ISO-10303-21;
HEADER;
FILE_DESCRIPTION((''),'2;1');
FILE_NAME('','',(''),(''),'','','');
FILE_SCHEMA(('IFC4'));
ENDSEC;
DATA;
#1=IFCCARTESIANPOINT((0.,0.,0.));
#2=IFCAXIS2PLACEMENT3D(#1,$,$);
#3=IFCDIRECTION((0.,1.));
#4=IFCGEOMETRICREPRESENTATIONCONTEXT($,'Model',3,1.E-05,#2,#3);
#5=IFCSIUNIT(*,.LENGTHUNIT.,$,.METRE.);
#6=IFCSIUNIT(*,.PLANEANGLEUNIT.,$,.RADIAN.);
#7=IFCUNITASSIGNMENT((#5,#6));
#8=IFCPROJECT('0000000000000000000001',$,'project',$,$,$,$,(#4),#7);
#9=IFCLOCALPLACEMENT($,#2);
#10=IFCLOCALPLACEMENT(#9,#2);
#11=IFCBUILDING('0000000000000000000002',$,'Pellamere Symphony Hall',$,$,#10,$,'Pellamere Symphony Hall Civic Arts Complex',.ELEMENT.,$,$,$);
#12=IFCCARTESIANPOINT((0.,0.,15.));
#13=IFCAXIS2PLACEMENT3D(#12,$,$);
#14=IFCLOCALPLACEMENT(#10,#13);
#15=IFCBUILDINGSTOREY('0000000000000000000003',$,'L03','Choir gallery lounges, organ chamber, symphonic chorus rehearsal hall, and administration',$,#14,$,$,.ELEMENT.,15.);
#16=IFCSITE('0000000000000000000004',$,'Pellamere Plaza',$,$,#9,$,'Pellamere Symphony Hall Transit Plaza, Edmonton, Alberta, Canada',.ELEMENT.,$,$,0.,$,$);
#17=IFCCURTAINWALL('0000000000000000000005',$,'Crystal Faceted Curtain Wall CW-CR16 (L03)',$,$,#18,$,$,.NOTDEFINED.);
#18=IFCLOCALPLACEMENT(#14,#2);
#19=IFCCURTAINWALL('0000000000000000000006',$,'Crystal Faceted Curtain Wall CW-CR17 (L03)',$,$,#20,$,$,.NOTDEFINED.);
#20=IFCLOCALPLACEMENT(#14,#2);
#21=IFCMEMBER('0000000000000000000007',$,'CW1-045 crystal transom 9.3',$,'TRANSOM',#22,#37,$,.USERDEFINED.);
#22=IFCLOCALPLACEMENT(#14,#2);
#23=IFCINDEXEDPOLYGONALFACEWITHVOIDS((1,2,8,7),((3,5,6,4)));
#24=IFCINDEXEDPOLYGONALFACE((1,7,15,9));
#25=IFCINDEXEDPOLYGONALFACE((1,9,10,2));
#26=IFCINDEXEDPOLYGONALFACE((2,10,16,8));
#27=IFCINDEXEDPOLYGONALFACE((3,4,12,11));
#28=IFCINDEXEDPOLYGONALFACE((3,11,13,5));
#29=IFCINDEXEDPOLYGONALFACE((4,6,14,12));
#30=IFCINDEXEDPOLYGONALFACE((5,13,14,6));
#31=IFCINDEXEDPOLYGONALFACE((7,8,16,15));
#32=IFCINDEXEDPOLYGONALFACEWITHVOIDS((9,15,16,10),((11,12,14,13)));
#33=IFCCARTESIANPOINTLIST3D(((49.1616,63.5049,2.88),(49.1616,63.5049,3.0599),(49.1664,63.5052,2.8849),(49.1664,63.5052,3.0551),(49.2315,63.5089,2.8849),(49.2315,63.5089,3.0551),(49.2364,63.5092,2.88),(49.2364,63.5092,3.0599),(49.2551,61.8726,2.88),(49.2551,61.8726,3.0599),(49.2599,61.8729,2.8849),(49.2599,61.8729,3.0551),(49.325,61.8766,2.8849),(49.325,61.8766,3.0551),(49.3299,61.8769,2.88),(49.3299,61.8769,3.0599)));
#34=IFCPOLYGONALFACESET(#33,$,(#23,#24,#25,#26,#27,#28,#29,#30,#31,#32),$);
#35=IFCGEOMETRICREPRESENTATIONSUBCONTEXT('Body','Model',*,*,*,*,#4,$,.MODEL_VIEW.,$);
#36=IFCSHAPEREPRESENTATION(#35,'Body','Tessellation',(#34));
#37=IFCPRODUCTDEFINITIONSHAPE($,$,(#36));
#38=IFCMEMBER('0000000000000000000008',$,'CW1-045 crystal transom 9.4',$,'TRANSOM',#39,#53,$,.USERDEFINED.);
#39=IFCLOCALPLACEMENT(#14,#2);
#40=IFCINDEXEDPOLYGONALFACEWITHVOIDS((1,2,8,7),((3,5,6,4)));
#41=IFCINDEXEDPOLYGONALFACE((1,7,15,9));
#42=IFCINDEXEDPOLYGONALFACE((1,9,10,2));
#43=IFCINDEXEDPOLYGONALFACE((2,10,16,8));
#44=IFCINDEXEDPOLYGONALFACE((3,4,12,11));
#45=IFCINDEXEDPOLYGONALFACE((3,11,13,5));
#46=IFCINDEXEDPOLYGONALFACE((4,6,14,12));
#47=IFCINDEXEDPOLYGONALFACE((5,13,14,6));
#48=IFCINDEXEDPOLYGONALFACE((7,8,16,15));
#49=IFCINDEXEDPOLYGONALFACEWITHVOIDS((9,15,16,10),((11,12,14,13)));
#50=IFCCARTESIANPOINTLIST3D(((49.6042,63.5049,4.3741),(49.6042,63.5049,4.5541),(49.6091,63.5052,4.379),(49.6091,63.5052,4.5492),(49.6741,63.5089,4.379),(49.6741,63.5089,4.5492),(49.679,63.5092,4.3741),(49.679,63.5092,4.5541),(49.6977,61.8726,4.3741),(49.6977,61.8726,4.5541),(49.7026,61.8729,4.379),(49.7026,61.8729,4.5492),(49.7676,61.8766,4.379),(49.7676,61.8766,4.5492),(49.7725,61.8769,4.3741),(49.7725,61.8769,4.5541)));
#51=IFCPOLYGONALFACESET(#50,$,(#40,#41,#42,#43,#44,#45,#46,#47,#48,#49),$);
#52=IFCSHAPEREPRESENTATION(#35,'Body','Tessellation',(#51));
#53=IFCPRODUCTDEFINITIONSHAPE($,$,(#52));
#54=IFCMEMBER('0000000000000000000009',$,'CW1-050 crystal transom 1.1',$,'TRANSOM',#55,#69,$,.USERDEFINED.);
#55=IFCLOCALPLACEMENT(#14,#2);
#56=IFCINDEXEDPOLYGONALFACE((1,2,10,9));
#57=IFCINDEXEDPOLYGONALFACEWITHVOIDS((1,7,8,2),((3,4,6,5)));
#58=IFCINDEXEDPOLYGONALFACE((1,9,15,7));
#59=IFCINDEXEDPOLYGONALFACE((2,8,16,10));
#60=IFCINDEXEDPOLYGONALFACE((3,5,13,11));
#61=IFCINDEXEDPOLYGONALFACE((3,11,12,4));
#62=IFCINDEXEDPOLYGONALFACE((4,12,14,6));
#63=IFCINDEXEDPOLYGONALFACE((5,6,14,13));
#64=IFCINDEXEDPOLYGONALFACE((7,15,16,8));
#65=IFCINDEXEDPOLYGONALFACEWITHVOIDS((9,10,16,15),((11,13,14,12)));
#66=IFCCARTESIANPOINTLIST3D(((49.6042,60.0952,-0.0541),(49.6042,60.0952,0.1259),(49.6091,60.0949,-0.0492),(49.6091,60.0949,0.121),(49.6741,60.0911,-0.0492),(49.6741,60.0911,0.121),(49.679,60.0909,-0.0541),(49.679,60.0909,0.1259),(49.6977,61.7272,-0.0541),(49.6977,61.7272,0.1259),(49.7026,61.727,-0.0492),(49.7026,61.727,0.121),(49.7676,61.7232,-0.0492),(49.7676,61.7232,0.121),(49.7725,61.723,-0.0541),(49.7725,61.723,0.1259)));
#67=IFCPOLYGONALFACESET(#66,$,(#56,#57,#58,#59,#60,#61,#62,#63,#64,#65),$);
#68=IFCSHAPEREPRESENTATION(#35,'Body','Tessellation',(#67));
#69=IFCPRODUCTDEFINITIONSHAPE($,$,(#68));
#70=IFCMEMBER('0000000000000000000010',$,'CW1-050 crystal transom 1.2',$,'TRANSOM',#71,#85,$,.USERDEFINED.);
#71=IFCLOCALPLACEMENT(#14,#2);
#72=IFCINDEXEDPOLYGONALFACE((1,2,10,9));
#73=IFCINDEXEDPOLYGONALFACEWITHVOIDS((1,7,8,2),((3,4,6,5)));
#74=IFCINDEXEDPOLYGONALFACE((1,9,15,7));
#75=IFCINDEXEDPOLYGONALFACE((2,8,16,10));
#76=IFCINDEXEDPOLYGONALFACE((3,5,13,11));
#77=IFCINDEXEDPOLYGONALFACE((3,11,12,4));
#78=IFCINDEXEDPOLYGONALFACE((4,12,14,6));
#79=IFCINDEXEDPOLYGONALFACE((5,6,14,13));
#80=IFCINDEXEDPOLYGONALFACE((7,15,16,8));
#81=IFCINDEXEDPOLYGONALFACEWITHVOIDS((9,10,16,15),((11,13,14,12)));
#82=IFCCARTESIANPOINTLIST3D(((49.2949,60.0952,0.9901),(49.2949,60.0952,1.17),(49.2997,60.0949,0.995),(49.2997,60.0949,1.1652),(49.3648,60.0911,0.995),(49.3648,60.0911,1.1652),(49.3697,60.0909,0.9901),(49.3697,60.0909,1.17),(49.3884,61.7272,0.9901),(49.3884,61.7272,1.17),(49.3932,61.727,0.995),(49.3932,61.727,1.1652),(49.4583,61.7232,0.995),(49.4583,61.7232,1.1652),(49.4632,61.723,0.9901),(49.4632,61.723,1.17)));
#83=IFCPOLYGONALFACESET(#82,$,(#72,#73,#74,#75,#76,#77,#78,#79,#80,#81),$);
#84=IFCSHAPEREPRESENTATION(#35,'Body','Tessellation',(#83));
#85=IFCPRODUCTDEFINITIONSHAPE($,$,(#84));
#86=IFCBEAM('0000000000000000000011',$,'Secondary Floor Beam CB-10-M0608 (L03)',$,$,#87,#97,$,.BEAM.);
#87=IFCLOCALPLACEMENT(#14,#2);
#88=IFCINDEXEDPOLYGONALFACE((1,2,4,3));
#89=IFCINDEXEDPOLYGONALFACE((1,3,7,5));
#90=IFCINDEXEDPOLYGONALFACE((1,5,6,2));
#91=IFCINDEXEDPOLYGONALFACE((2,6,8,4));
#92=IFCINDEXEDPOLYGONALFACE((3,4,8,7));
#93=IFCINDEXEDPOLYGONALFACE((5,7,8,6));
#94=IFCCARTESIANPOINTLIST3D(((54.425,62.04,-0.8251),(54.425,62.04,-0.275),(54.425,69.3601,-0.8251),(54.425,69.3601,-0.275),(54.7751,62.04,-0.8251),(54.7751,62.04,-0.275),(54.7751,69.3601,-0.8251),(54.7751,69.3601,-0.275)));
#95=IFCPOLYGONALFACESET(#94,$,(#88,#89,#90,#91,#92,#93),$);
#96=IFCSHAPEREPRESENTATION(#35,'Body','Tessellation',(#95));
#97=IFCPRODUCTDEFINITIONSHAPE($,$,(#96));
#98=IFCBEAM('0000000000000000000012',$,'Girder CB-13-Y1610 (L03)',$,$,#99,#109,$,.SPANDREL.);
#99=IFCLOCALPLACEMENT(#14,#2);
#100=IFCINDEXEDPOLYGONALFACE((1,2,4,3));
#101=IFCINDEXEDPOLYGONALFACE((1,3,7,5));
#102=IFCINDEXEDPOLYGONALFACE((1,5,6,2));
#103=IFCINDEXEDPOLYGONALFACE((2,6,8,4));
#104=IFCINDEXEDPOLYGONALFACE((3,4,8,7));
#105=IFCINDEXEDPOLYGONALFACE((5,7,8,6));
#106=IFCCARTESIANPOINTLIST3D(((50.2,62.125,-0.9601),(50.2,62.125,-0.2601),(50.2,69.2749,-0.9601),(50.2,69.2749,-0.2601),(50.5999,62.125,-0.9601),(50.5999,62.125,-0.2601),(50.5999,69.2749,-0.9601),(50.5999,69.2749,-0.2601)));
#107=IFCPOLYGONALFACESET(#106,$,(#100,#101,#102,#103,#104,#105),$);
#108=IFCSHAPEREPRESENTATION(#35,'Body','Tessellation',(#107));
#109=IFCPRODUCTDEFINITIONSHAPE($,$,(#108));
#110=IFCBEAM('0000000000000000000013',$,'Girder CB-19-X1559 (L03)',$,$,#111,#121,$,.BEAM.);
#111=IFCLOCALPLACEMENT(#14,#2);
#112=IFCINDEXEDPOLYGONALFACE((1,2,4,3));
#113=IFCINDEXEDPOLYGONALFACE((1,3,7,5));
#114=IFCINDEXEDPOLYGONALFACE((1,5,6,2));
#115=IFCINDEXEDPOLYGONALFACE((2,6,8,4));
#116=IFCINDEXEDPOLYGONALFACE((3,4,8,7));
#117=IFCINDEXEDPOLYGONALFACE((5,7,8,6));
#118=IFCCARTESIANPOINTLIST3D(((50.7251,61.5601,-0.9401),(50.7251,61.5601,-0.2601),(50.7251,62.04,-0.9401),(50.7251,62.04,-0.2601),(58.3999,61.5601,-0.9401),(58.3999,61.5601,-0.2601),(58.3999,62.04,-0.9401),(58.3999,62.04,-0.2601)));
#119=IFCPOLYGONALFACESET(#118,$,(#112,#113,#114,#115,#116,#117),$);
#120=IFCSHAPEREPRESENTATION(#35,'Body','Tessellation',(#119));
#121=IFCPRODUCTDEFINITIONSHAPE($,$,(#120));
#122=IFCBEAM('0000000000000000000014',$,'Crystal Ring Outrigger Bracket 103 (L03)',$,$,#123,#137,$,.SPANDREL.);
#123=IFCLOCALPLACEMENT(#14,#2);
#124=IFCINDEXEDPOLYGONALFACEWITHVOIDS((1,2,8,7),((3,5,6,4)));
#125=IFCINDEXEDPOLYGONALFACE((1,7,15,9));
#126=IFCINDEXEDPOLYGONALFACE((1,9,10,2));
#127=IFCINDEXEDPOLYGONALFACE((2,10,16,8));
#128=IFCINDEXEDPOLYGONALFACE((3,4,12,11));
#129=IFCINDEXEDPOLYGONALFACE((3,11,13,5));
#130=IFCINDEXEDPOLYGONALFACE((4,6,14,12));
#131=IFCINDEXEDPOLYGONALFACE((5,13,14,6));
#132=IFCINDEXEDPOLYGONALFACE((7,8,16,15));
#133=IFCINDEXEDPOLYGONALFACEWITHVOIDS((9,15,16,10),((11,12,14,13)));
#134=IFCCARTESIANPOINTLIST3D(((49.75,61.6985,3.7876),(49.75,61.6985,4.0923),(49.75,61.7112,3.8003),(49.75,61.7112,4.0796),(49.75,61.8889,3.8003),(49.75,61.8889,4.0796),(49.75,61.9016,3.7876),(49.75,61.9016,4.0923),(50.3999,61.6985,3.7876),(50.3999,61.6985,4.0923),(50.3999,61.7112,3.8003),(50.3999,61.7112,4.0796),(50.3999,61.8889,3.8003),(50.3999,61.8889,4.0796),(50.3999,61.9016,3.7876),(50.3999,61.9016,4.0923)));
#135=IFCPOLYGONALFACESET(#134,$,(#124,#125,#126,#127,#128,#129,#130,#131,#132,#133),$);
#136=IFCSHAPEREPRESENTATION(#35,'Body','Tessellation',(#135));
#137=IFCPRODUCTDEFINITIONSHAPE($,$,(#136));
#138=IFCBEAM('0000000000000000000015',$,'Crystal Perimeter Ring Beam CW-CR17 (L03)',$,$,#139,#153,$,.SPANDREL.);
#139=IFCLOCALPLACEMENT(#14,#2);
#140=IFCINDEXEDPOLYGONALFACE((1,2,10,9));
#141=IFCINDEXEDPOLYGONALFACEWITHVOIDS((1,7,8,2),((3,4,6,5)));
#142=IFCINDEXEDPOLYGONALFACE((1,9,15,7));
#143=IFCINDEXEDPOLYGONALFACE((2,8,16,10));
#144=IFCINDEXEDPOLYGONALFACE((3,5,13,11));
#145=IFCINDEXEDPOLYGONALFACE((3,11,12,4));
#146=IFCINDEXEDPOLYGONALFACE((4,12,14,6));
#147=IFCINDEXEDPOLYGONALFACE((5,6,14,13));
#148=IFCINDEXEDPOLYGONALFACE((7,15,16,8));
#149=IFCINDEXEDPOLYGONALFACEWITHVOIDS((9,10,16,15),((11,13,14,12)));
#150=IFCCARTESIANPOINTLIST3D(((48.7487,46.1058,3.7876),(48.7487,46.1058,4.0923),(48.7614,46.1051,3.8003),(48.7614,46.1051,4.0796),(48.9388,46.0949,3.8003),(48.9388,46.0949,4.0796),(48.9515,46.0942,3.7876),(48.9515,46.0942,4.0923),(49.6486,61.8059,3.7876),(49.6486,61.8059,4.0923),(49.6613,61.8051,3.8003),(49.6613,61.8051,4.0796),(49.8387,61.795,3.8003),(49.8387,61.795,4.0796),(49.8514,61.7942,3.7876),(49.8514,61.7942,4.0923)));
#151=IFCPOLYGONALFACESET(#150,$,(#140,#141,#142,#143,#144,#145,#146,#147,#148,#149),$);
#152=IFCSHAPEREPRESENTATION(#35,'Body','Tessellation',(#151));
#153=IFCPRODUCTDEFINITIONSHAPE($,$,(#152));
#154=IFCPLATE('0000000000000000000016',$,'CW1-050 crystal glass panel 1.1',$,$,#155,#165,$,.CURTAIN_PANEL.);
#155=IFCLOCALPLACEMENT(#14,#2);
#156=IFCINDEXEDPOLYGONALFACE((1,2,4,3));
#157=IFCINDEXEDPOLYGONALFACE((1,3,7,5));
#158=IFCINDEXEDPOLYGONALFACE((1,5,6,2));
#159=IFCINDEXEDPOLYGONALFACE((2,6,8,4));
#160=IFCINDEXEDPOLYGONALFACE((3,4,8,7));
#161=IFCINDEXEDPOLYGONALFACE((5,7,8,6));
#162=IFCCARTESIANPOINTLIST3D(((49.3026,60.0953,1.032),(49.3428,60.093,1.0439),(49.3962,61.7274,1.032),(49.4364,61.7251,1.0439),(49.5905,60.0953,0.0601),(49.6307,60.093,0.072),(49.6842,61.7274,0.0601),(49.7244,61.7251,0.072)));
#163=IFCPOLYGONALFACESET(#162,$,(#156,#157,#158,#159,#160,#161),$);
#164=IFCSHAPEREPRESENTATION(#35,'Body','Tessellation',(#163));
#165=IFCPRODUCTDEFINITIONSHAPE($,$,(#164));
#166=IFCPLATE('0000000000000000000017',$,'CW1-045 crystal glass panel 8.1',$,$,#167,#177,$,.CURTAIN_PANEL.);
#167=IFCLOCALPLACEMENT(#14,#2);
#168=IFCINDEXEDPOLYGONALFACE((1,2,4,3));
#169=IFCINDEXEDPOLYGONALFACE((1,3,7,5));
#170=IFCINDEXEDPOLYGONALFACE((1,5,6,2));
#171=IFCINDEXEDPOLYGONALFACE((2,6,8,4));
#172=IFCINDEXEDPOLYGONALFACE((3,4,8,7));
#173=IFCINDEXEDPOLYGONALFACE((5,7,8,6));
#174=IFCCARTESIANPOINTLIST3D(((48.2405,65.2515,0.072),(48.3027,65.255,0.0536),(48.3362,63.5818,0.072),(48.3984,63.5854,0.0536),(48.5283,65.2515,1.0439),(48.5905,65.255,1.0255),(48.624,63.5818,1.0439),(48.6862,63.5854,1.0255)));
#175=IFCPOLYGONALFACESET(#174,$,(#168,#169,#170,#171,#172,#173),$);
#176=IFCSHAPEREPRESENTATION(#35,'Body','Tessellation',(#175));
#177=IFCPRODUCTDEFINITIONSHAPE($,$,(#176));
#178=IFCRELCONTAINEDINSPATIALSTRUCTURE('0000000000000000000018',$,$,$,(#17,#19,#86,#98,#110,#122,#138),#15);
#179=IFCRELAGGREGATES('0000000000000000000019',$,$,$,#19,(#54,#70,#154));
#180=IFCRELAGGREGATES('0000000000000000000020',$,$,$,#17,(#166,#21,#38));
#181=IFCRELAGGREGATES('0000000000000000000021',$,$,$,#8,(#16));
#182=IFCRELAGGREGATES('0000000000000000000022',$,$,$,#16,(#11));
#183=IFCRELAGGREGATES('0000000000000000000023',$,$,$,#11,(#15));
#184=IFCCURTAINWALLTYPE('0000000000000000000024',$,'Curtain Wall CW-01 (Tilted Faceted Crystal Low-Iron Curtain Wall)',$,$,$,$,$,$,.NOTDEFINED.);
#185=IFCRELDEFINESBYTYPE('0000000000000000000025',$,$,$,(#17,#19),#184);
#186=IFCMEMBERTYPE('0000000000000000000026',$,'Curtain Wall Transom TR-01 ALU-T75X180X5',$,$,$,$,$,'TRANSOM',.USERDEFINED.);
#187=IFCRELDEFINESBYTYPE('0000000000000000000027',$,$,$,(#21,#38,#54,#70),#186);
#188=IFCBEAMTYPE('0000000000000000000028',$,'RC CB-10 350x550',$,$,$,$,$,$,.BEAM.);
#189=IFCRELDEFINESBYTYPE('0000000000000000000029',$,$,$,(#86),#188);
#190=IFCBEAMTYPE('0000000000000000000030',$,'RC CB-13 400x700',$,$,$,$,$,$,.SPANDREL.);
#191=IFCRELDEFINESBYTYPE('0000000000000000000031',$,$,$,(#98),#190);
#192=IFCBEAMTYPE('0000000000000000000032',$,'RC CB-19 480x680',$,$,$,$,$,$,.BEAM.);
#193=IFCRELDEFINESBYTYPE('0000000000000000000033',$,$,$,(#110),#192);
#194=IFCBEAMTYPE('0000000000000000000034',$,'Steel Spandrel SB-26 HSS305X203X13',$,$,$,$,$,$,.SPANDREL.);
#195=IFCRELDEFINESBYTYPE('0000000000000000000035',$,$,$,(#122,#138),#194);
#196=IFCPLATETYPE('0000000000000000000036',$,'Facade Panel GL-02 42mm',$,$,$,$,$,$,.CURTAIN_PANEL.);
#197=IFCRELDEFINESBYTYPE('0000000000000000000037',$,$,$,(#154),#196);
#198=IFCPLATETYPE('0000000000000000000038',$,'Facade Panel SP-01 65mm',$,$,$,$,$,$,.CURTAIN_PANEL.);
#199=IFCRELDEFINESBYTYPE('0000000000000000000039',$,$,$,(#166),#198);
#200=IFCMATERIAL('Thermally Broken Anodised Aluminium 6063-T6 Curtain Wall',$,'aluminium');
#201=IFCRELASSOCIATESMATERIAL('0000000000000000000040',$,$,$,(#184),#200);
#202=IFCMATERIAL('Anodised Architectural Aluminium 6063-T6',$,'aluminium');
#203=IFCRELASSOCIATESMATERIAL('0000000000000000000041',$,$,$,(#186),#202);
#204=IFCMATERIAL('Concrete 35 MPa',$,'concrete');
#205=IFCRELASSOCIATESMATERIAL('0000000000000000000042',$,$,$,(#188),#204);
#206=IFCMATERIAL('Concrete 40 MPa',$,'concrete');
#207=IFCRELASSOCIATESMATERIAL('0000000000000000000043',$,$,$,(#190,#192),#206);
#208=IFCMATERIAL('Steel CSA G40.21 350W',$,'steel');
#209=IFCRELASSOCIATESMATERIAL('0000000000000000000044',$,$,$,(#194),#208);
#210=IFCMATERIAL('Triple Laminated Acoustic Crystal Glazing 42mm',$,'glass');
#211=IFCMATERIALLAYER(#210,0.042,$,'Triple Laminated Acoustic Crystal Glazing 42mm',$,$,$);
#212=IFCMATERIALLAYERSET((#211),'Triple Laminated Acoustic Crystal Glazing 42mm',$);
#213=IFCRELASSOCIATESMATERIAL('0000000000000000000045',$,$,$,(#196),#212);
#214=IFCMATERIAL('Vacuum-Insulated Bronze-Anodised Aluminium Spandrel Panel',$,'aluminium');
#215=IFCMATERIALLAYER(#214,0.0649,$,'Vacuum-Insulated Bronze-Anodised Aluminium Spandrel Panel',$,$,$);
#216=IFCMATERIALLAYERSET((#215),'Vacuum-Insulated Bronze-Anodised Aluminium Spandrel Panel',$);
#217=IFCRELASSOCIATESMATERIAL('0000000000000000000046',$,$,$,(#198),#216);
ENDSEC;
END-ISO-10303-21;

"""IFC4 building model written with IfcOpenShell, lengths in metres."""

from ifc_helpers import new_model, si_unit, direction, frame, origin, origin_2d, place, context, subcontext, project, spatial, polyline, rectangle, hollow_rectangle, outline, extrude, material, layer, layer_set, material_profile, profile_set, type_object, element, aggregate, save


model = new_model("IFC4")

# Units and contexts
model_context = context("Model", 3, precision=1e-05, world=origin(), true_north=direction((0.0, 1.0)))
body_context = subcontext(model_context, "Body", "Model", "MODEL_VIEW")
ifc_project = project(units=[si_unit("LENGTHUNIT", "METRE"), si_unit("PLANEANGLEUNIT", "RADIAN")], contexts=[model_context])

# Site, building, storey
site_placement = place(None, origin())
site = spatial("IfcSite", under=ifc_project, at=site_placement, Name="Pellamere Plaza", LongName="Pellamere Symphony Hall Transit Plaza, Edmonton, Alberta, Canada", CompositionType="ELEMENT", RefElevation=0.0)
building_placement = place(site_placement, origin())
building = spatial("IfcBuilding", under=site, at=building_placement, Name="Pellamere Symphony Hall", LongName="Pellamere Symphony Hall Civic Arts Complex", CompositionType="ELEMENT")
storey_placement = place(building_placement, frame((0.0, 0.0, 15.0)))
storey = spatial("IfcBuildingStorey", under=building, at=storey_placement, Name="L03", Description="Choir gallery lounges, organ chamber, symphonic chorus rehearsal hall, and administration", CompositionType="ELEMENT", Elevation=15.0)

# Shared definitions
ifc_material_1 = material(Name="Concrete 40 MPa", Category="concrete")

# Curtain wall
ifc_material_2 = material(Name="Thermally Broken Anodised Aluminium 6063-T6 Curtain Wall", Category="aluminium")
curtain_wall_type = type_object("IfcCurtainWallType", Name="Curtain Wall CW-01 (Tilted Faceted Crystal Low-Iron Curtain Wall)", PredefinedType="NOTDEFINED", material=ifc_material_2)
curtain_wall_1_placement = place(storey_placement, origin())
curtain_wall_1 = element("IfcCurtainWall", 1, at=curtain_wall_1_placement, inside=storey, type_object=curtain_wall_type, Name="Crystal Faceted Curtain Wall CW-CR16 (L03)", PredefinedType="NOTDEFINED")
ifc_material_3 = material(Name="Anodised Architectural Aluminium 6063-T6", Category="aluminium")

# Curtain wall
curtain_wall_2_placement = place(storey_placement, origin())
curtain_wall_2 = element("IfcCurtainWall", 2, at=curtain_wall_2_placement, inside=storey, type_object=curtain_wall_type, Name="Crystal Faceted Curtain Wall CW-CR17 (L03)", PredefinedType="NOTDEFINED")

# Members
ifc_material_profile_1 = material_profile(ifc_material_3, hollow_rectangle(XDim=0.075, YDim=0.1799, WallThickness=0.0049, at=origin_2d()), Name="ALU-T75X180X5")
ifc_profile_set_1 = profile_set([ifc_material_profile_1], Name="Anodised Architectural Aluminium 6063-T6")
member_type_1 = type_object("IfcMemberType", Name="Curtain Wall Transom TR-01 ALU-T75X180X5", ElementType="TRANSOM", PredefinedType="USERDEFINED", material=ifc_profile_set_1)
member_1_placement = place(storey_placement, frame((49.199, 63.5071, 2.97), z_axis=(0.05719, -0.998363, 0.0), x_axis=(0.998363, 0.05719, 0.0)))
member_1 = element("IfcMember", 3, at=member_1_placement, type_object=member_type_1, Name="CW1-045 crystal transom 9.3", ObjectType="TRANSOM", PredefinedType="USERDEFINED", context=body_context, shape_type="SweptSolid", body=[
    extrude(hollow_rectangle(XDim=0.075, YDim=0.1799, WallThickness=0.0049, at=origin_2d()), origin(), (0.0, 0.0, 1.0), 1.635),
])
member_2_placement = place(storey_placement, frame((49.6416, 63.5071, 4.4641), z_axis=(0.05719, -0.998363, 0.0), x_axis=(0.998363, 0.05719, 0.0)))
member_2 = element("IfcMember", 4, at=member_2_placement, type_object=member_type_1, Name="CW1-045 crystal transom 9.4", ObjectType="TRANSOM", PredefinedType="USERDEFINED", context=body_context, shape_type="SweptSolid", body=[
    extrude(hollow_rectangle(XDim=0.075, YDim=0.1799, WallThickness=0.0049, at=origin_2d()), origin(), (0.0, 0.0, 1.0), 1.635),
])
member_3_placement = place(storey_placement, frame((49.7351, 61.7251, 0.0359), z_axis=(-0.057199, -0.998363, 0.0), x_axis=(0.998363, -0.057199, 0.0)))
member_3 = element("IfcMember", 5, at=member_3_placement, type_object=member_type_1, Name="CW1-050 crystal transom 1.1", ObjectType="TRANSOM", PredefinedType="USERDEFINED", context=body_context, shape_type="SweptSolid", body=[
    extrude(hollow_rectangle(XDim=0.075, YDim=0.1799, WallThickness=0.0049, at=origin_2d()), origin(), (0.0, 0.0, 1.0), 1.6348),
])
member_4_placement = place(storey_placement, frame((49.4258, 61.7251, 1.0801), z_axis=(-0.057199, -0.998363, 0.0), x_axis=(0.998363, -0.057199, 0.0)))
member_4 = element("IfcMember", 6, at=member_4_placement, type_object=member_type_1, Name="CW1-050 crystal transom 1.2", ObjectType="TRANSOM", PredefinedType="USERDEFINED", context=body_context, shape_type="SweptSolid", body=[
    extrude(hollow_rectangle(XDim=0.075, YDim=0.1799, WallThickness=0.0049, at=origin_2d()), origin(), (0.0, 0.0, 1.0), 1.6348),
])

# Beams
ifc_material_4 = material(Name="Concrete 35 MPa", Category="concrete")
ifc_material_profile_2 = material_profile(ifc_material_4, rectangle(XDim=0.3501, YDim=0.55, at=origin_2d()), Name="RC 350x550")
ifc_profile_set_2 = profile_set([ifc_material_profile_2], Name="Concrete 35 MPa")
beam_type_1 = type_object("IfcBeamType", Name="RC CB-10 350x550", PredefinedType="BEAM", material=ifc_profile_set_2)
beam_1_placement = place(storey_placement, frame((54.6001, 62.04, -0.55), z_axis=(0.0, 1.0, 0.0), x_axis=(-1.0, 0.0, 0.0)))
element("IfcBeam", 7, at=beam_1_placement, inside=storey, type_object=beam_type_1, Name="Secondary Floor Beam CB-10-M0608 (L03)", PredefinedType="BEAM", context=body_context, shape_type="SweptSolid", body=[
    extrude(rectangle(XDim=0.3501, YDim=0.55, at=origin_2d()), origin(), (0.0, 0.0, 1.0), 7.3201),
])
ifc_material_profile_3 = material_profile(ifc_material_1, rectangle(XDim=0.3999, YDim=0.7, at=origin_2d()), Name="RC 400x700")
ifc_profile_set_3 = profile_set([ifc_material_profile_3], Name="Concrete 40 MPa")
beam_type_2 = type_object("IfcBeamType", Name="RC CB-13 400x700", PredefinedType="SPANDREL", material=ifc_profile_set_3)
beam_2_placement = place(storey_placement, frame((50.3999, 62.125, -0.6101), z_axis=(0.0, 1.0, 0.0), x_axis=(-1.0, 0.0, 0.0)))
element("IfcBeam", 8, at=beam_2_placement, inside=storey, type_object=beam_type_2, Name="Girder CB-13-Y1610 (L03)", PredefinedType="SPANDREL", context=body_context, shape_type="SweptSolid", body=[
    extrude(rectangle(XDim=0.3999, YDim=0.7, at=origin_2d()), origin(), (0.0, 0.0, 1.0), 7.1499),
])
ifc_material_profile_4 = material_profile(ifc_material_1, rectangle(XDim=0.48, YDim=0.6799, at=origin_2d()), Name="RC 480x680")
ifc_profile_set_4 = profile_set([ifc_material_profile_4], Name="Concrete 40 MPa")
beam_type_3 = type_object("IfcBeamType", Name="RC CB-19 480x680", PredefinedType="BEAM", material=ifc_profile_set_4)
beam_3_placement = place(storey_placement, frame((50.7251, 61.8, -0.6001), z_axis=(1.0, 0.0, 0.0), x_axis=(0.0, 1.0, 0.0)))
element("IfcBeam", 9, at=beam_3_placement, inside=storey, type_object=beam_type_3, Name="Girder CB-19-X1559 (L03)", PredefinedType="BEAM", context=body_context, shape_type="SweptSolid", body=[
    extrude(rectangle(XDim=0.48, YDim=0.6799, at=origin_2d()), origin(), (0.0, 0.0, 1.0), 7.6748),
])
ifc_material_5 = material(Name="Steel CSA G40.21 350W", Category="steel")
ifc_material_profile_5 = material_profile(ifc_material_5, hollow_rectangle(XDim=0.2031, YDim=0.3047, WallThickness=0.0127, at=origin_2d()), Name="HSS305X203X13")
ifc_profile_set_5 = profile_set([ifc_material_profile_5], Name="Steel CSA G40.21 350W")
beam_type_4 = type_object("IfcBeamType", Name="Steel Spandrel SB-26 HSS305X203X13", PredefinedType="SPANDREL", material=ifc_profile_set_5)
beam_4_placement = place(storey_placement, frame((50.3999, 61.8, 3.9399), z_axis=(-1.0, 0.0, 0.0), x_axis=(0.0, -1.0, 0.0)))
element("IfcBeam", 10, at=beam_4_placement, inside=storey, type_object=beam_type_4, Name="Crystal Ring Outrigger Bracket 103 (L03)", PredefinedType="SPANDREL", context=body_context, shape_type="SweptSolid", body=[
    extrude(hollow_rectangle(XDim=0.2031, YDim=0.3047, WallThickness=0.0127, at=origin_2d()), origin(), (0.0, 0.0, 1.0), 0.6499),
])
beam_5_placement = place(storey_placement, frame((49.75, 61.8, 3.9399), z_axis=(-0.057225, -0.998361, 0.0), x_axis=(0.998361, -0.057225, 0.0)))
element("IfcBeam", 11, at=beam_5_placement, inside=storey, type_object=beam_type_4, Name="Crystal Perimeter Ring Beam CW-CR17 (L03)", PredefinedType="SPANDREL", context=body_context, shape_type="SweptSolid", body=[
    extrude(hollow_rectangle(XDim=0.2031, YDim=0.3047, WallThickness=0.0127, at=origin_2d()), origin(), (0.0, 0.0, 1.0), 15.7258),
])

# Plates
ifc_material_6 = material(Name="Triple Laminated Acoustic Crystal Glazing 42mm", Category="glass")
ifc_layer_1 = layer(ifc_material_6, 0.042, Name="Triple Laminated Acoustic Crystal Glazing 42mm")
ifc_layer_set_1 = layer_set([ifc_layer_1], Name="Triple Laminated Acoustic Crystal Glazing 42mm")
plate_type_1 = type_object("IfcPlateType", Name="Facade Panel GL-02 42mm", PredefinedType="CURTAIN_PANEL", material=ifc_layer_set_1)
plate_1_placement = place(storey_placement, frame((49.7244, 61.7251, 0.072), z_axis=(0.957355, -0.054921, 0.283647), x_axis=(-0.057267, -0.998359, -0.00002)))
plate_1 = element("IfcPlate", 12, at=plate_1_placement, type_object=plate_type_1, Name="CW1-050 crystal glass panel 1.1", PredefinedType="CURTAIN_PANEL", context=body_context, shape_type="SweptSolid", body=[
    extrude(outline(polyline([(0.0, 0.0), (1.6348, 0.0), (1.6512, -1.0136), (0.0165, -1.0135), (0.0, 0.0)])), origin(), (0.0, 0.0, -1.0), 0.042),
])
aggregate(curtain_wall_2, [member_3, member_4, plate_1])
ifc_material_7 = material(Name="Vacuum-Insulated Bronze-Anodised Aluminium Spandrel Panel", Category="aluminium")
ifc_layer_2 = layer(ifc_material_7, 0.0649, Name="Vacuum-Insulated Bronze-Anodised Aluminium Spandrel Panel")
ifc_layer_set_2 = layer_set([ifc_layer_2], Name="Vacuum-Insulated Bronze-Anodised Aluminium Spandrel Panel")
plate_type_2 = type_object("IfcPlateType", Name="Facade Panel SP-01 65mm", PredefinedType="CURTAIN_PANEL", material=ifc_layer_set_2)
plate_2_placement = place(storey_placement, frame((48.2405, 65.2515, 0.072), z_axis=(-0.95739, -0.054876, 0.283537), x_axis=(0.057224, -0.998361, 0.0)))
plate_2 = element("IfcPlate", 13, at=plate_2_placement, type_object=plate_type_2, Name="CW1-045 crystal glass panel 8.1", PredefinedType="CURTAIN_PANEL", context=body_context, shape_type="SweptSolid", body=[
    extrude(outline(polyline([(0.0, 0.0), (1.6724, 0.0), (1.6889, 1.0135), (0.0165, 1.0135), (0.0, 0.0)])), origin(), (0.0, 0.0, -1.0), 0.0649),
])
aggregate(curtain_wall_1, [plate_2, member_1, member_2])

save(model, "model.ifc")
